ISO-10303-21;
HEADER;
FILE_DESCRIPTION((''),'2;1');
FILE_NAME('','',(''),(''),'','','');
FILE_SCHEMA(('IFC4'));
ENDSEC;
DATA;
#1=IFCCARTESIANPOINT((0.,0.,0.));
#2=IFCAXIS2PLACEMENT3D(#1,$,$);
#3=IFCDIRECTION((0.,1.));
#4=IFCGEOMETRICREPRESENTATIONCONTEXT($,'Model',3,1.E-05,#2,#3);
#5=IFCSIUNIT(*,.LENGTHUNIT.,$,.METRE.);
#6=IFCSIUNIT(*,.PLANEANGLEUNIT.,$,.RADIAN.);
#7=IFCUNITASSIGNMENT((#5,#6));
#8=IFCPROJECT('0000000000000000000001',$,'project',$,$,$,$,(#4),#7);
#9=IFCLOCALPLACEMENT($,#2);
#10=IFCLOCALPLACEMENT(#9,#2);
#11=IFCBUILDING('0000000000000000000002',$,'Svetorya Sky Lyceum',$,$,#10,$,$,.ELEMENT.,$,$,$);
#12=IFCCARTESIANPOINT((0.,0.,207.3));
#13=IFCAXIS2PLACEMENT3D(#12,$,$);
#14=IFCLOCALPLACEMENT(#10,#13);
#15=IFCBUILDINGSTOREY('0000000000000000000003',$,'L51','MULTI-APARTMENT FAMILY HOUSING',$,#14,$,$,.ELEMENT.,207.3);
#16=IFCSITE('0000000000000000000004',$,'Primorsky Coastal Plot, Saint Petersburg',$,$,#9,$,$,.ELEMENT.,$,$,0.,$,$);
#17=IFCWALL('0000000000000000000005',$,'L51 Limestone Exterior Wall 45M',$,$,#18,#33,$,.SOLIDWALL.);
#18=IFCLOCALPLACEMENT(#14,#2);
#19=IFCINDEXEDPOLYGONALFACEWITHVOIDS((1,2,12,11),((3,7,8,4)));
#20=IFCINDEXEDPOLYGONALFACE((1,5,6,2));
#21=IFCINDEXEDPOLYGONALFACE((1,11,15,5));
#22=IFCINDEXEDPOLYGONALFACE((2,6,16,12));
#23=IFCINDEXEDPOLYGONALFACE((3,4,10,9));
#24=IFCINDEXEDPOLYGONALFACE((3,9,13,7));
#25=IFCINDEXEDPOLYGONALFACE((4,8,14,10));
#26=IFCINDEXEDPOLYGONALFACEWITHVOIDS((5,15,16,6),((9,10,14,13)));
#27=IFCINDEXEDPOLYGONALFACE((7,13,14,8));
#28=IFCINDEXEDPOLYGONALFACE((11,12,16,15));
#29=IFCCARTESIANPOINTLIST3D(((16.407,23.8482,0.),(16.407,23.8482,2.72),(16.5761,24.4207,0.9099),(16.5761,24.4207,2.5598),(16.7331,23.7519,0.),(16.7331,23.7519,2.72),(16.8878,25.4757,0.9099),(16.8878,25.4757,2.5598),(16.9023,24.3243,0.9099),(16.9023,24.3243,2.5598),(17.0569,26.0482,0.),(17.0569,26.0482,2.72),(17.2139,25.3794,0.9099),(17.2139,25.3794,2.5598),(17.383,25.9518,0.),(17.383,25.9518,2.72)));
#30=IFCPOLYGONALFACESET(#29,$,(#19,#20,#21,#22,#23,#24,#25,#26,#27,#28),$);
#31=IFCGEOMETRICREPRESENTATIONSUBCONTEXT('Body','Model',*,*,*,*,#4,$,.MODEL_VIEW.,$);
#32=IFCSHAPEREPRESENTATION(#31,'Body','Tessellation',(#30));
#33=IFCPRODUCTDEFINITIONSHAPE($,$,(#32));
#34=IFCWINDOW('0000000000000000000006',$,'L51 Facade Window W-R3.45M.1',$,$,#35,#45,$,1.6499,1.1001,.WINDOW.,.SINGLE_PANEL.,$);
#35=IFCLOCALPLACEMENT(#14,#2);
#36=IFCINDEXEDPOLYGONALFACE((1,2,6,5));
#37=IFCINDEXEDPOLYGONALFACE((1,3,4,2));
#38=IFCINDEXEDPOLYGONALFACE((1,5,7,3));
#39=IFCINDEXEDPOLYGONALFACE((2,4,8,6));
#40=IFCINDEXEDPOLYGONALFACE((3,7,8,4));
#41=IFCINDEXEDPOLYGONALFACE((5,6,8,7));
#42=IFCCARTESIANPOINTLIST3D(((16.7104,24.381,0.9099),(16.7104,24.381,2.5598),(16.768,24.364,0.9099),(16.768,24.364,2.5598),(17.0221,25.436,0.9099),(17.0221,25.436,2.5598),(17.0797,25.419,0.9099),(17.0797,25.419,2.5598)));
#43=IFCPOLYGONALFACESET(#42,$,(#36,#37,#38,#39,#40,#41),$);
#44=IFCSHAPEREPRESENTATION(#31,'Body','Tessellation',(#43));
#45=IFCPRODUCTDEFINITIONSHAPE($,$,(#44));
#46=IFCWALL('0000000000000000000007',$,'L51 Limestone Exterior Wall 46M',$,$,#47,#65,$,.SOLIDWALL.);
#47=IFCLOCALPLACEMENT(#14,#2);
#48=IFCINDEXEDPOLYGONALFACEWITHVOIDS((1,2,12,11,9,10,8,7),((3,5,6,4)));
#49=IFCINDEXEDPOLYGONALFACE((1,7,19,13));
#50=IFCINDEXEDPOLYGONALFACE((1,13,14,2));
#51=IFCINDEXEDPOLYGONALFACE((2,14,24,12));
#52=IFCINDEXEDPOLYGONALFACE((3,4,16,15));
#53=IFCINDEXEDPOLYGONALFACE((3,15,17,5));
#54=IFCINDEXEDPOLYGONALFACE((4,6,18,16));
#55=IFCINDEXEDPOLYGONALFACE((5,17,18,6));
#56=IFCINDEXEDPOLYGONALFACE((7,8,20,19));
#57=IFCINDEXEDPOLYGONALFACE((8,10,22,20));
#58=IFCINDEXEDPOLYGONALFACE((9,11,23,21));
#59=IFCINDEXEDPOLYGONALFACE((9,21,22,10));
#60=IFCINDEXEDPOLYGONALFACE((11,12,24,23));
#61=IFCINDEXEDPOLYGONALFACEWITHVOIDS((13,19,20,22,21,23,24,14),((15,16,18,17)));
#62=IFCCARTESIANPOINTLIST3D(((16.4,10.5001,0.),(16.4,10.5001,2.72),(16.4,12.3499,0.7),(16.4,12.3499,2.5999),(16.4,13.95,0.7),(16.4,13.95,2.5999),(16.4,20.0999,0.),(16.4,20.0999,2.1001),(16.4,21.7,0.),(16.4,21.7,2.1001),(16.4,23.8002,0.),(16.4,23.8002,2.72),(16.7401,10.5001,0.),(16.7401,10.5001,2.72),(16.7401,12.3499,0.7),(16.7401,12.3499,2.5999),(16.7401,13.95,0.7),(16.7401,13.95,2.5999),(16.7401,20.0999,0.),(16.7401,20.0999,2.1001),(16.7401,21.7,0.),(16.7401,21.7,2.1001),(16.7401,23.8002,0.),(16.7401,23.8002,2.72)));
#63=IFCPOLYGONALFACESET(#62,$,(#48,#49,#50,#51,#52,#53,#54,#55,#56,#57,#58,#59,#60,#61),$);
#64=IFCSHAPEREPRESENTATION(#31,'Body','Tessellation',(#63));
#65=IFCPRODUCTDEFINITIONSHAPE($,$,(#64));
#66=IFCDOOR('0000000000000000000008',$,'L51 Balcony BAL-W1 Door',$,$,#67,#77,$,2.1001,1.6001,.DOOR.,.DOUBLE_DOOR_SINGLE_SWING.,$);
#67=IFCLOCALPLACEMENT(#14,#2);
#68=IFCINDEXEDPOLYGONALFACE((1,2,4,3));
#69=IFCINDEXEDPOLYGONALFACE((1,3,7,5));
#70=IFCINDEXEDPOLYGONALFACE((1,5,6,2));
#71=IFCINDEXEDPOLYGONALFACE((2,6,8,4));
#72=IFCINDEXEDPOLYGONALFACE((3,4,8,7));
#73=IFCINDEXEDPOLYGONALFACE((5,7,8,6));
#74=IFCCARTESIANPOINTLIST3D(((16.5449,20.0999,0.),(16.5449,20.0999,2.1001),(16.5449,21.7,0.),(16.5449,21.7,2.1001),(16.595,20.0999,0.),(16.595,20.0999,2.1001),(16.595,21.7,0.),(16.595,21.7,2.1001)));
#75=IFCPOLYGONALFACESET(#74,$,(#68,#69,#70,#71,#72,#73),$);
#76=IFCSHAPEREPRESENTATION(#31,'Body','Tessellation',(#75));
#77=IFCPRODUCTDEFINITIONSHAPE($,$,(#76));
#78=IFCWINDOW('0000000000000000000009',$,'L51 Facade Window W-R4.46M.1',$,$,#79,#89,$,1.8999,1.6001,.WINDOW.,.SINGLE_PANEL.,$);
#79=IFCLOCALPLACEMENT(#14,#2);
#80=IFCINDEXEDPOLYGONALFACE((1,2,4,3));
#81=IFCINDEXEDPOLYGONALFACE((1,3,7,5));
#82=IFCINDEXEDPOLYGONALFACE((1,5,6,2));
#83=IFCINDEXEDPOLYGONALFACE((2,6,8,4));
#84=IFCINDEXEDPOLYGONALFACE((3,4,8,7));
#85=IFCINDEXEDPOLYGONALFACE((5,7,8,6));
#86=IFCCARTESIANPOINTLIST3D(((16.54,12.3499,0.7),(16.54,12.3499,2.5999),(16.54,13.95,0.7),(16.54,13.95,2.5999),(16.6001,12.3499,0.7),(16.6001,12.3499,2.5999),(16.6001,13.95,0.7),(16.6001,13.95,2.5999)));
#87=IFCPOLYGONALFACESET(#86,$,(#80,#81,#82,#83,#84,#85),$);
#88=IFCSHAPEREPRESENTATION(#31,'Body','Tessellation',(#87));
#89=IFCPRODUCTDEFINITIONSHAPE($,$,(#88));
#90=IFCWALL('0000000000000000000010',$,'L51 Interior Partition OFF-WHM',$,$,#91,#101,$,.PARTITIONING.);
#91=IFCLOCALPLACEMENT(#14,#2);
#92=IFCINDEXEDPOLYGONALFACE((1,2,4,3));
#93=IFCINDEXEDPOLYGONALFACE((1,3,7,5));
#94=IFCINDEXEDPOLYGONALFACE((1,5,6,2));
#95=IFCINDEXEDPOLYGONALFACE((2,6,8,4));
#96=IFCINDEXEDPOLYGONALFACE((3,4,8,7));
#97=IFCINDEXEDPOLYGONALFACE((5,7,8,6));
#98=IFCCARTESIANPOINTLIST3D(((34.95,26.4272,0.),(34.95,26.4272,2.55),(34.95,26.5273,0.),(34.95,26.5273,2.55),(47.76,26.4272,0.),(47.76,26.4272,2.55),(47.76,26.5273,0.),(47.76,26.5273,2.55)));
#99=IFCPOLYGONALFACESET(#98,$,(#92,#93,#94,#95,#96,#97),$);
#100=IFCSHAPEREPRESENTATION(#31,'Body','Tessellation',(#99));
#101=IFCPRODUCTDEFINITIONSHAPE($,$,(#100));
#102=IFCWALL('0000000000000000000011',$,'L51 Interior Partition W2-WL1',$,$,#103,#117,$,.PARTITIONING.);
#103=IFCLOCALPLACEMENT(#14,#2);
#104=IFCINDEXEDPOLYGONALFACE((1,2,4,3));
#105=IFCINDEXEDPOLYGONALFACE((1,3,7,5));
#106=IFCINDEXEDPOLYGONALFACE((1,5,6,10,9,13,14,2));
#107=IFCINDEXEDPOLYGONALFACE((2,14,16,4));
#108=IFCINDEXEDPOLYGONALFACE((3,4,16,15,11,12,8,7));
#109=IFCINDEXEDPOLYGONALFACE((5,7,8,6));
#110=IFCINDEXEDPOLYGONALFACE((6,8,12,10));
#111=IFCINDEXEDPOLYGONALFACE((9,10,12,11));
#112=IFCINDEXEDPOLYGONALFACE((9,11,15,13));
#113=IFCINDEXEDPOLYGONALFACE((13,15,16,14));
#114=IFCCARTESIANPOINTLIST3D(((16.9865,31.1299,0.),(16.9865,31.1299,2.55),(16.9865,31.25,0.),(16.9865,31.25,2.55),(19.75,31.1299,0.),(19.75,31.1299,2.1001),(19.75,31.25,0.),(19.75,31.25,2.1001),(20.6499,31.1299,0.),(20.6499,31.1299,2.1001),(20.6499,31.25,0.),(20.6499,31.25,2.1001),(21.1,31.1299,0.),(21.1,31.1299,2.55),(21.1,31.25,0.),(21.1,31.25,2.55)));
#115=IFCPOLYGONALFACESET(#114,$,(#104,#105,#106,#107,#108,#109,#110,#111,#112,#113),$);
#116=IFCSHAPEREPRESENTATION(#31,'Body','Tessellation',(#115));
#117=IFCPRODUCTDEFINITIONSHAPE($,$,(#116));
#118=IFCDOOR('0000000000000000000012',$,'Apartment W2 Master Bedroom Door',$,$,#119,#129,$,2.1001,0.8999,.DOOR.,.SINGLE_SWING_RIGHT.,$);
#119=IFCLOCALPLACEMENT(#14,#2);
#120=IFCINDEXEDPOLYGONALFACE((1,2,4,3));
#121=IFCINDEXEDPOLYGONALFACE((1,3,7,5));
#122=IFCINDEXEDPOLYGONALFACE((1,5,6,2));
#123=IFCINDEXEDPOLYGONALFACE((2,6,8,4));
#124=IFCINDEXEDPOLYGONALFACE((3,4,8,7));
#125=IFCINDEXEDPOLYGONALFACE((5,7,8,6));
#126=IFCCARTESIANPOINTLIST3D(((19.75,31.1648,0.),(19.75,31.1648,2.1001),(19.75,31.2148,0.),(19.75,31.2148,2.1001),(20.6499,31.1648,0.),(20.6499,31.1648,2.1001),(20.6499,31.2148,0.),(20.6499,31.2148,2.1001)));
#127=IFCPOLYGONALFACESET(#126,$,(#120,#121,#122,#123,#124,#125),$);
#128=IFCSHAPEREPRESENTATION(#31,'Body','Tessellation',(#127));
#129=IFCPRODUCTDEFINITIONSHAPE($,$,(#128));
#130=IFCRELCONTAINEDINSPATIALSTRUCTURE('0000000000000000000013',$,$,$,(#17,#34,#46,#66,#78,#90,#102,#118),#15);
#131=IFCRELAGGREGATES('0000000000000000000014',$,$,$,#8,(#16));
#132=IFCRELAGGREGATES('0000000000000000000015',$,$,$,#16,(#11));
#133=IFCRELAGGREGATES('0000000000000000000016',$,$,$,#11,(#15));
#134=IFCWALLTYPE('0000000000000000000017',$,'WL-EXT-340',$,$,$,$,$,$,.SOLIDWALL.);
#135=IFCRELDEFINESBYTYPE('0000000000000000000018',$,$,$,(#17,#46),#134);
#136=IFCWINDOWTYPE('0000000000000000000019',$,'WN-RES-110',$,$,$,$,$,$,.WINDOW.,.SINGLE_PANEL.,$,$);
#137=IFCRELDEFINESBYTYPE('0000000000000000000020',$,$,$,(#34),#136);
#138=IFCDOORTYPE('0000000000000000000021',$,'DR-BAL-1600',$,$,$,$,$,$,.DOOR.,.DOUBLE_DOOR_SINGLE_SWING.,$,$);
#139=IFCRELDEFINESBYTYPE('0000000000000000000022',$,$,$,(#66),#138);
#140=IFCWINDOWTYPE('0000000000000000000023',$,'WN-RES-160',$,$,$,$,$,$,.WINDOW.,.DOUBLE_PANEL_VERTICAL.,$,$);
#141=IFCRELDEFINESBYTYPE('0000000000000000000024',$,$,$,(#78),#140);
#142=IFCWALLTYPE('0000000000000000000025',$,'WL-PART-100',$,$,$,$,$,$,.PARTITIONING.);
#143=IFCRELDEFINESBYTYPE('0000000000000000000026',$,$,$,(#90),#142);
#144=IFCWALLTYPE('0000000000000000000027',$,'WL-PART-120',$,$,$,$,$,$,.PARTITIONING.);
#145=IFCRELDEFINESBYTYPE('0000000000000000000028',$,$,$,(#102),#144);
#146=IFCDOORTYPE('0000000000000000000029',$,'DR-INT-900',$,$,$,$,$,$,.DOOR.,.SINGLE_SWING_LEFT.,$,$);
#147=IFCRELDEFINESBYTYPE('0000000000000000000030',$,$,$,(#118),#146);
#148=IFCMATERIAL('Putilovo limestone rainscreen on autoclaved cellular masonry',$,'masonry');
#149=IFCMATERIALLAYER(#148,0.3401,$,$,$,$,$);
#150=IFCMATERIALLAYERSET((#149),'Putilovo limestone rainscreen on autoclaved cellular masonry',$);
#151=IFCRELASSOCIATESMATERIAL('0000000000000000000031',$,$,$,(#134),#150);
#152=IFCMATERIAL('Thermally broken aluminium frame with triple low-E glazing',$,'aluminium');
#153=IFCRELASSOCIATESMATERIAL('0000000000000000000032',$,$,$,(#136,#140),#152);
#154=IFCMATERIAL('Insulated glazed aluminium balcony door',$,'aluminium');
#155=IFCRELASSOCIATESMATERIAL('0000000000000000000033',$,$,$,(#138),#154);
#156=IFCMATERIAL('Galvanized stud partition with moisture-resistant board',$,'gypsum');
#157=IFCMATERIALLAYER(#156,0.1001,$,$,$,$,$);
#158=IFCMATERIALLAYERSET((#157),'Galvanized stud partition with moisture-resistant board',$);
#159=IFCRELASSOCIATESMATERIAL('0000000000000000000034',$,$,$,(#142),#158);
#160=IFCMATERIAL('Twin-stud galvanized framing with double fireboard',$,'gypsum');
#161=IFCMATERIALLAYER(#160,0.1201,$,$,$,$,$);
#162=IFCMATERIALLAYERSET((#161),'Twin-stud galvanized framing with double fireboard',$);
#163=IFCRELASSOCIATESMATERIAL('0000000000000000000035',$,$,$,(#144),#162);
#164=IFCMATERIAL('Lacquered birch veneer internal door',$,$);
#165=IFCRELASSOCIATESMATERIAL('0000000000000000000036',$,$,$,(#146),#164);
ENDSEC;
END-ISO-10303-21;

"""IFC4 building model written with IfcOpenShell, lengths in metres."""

from ifc_helpers import new_model, si_unit, direction, frame, frame_2d, origin, place, context, subcontext, project, spatial, rectangle, extrude, material, layer, layer_set, type_object, element, fill, save


model = new_model("IFC4")

# Units and contexts
model_context = context("Model", 3, precision=1e-05, world=origin(), true_north=direction((0.0, 1.0)))
body_context = subcontext(model_context, "Body", "Model", "MODEL_VIEW")
ifc_project = project(units=[si_unit("LENGTHUNIT", "METRE"), si_unit("PLANEANGLEUNIT", "RADIAN")], contexts=[model_context])

# Site, building, storey
site_placement = place(None, origin())
site = spatial("IfcSite", under=ifc_project, at=site_placement, Name="Primorsky Coastal Plot, Saint Petersburg", CompositionType="ELEMENT", RefElevation=0.0)
building_placement = place(site_placement, origin())
building = spatial("IfcBuilding", under=site, at=building_placement, Name="Svetorya Sky Lyceum", CompositionType="ELEMENT")
storey_placement = place(building_placement, frame((0.0, 0.0, 207.3)))
storey = spatial("IfcBuildingStorey", under=building, at=storey_placement, Name="L51", Description="MULTI-APARTMENT FAMILY HOUSING", CompositionType="ELEMENT", Elevation=207.3)

# Shared definitions
ifc_material_1 = material(Name="Putilovo limestone rainscreen on autoclaved cellular masonry", Category="masonry")
ifc_layer_1 = layer(ifc_material_1, 0.3401)
ifc_layer_set_1 = layer_set([ifc_layer_1], Name="Putilovo limestone rainscreen on autoclaved cellular masonry")
wall_type_1 = type_object("IfcWallType", Name="WL-EXT-340", PredefinedType="SOLIDWALL", material=ifc_layer_set_1)

# Wall, opening, window
wall_1_placement = place(storey_placement, frame((17.22, 26.0, 0.0), z_axis=(0.0, 0.0, 1.0), x_axis=(-0.283313, -0.959028, 0.0)))
wall_1 = element("IfcWall", 1, at=wall_1_placement, inside=storey, type_object=wall_type_1, Name="L51 Limestone Exterior Wall 45M", PredefinedType="SOLIDWALL", context=body_context, shape_type="SweptSolid", body=[
    extrude(rectangle(XDim=2.2939, YDim=0.3401, at=frame_2d((1.147, 0.0))), origin(), (0.0, 0.0, 1.0), 2.72),
])
opening_1_placement = place(wall_1_placement, frame((0.5969, 0.0, 0.9099)))
opening_1 = element("IfcOpeningElement", 2, at=opening_1_placement, cuts=wall_1, PredefinedType="OPENING", context=body_context, shape_type="SweptSolid", body=[
    extrude(rectangle(XDim=1.1001, YDim=1.6499, at=frame_2d((0.55, 0.825))), frame((0.0, 0.1799, 0.0), z_axis=(0.0, -1.0, 0.0), x_axis=(1.0, 0.0, 0.0)), (0.0, 0.0, 1.0), 0.3601),
])
ifc_material_2 = material(Name="Thermally broken aluminium frame with triple low-E glazing", Category="aluminium")
window_type_1 = type_object("IfcWindowType", Name="WN-RES-110", PartitioningType="SINGLE_PANEL", PredefinedType="WINDOW", material=ifc_material_2)
window_1_placement = place(opening_1_placement, origin())
window_1 = element("IfcWindow", 3, at=window_1_placement, inside=storey, type_object=window_type_1, Name="L51 Facade Window W-R3.45M.1", OverallHeight=1.6499, OverallWidth=1.1001, PartitioningType="SINGLE_PANEL", PredefinedType="WINDOW", context=body_context, shape_type="SweptSolid", body=[
    extrude(rectangle(XDim=1.1001, YDim=1.6499, at=frame_2d((0.55, 0.825))), frame((0.0, 0.03, 0.0), z_axis=(0.0, -1.0, 0.0), x_axis=(1.0, 0.0, 0.0)), (0.0, 0.0, 1.0), 0.0601),
])
fill(opening_1, window_1)

# Wall, openings, door, window
wall_2_placement = place(storey_placement, frame((16.5701, 23.8, 0.0), z_axis=(0.0, 0.0, 1.0), x_axis=(0.0, -1.0, 0.0)))
wall_2 = element("IfcWall", 4, at=wall_2_placement, inside=storey, type_object=wall_type_1, Name="L51 Limestone Exterior Wall 46M", PredefinedType="SOLIDWALL", context=body_context, shape_type="SweptSolid", body=[
    extrude(rectangle(XDim=13.3, YDim=0.3401, at=frame_2d((6.6499, 0.0))), origin(), (0.0, 0.0, 1.0), 2.72),
])
opening_2_placement = place(wall_2_placement, frame((2.1001, 0.0, 0.0)))
opening_2 = element("IfcOpeningElement", 5, at=opening_2_placement, cuts=wall_2, PredefinedType="OPENING", context=body_context, shape_type="SweptSolid", body=[
    extrude(rectangle(XDim=1.6001, YDim=2.1001, at=frame_2d((0.8, 1.05))), frame((0.0, 0.1799, 0.0), z_axis=(0.0, -1.0, 0.0), x_axis=(1.0, 0.0, 0.0)), (0.0, 0.0, 1.0), 0.3601),
])
opening_3_placement = place(wall_2_placement, frame((9.8501, 0.0, 0.7)))
opening_3 = element("IfcOpeningElement", 6, at=opening_3_placement, cuts=wall_2, PredefinedType="OPENING", context=body_context, shape_type="SweptSolid", body=[
    extrude(rectangle(XDim=1.6001, YDim=1.8999, at=frame_2d((0.8, 0.95))), frame((0.0, 0.1799, 0.0), z_axis=(0.0, -1.0, 0.0), x_axis=(1.0, 0.0, 0.0)), (0.0, 0.0, 1.0), 0.3601),
])
ifc_material_3 = material(Name="Insulated glazed aluminium balcony door", Category="aluminium")
door_type_1 = type_object("IfcDoorType", Name="DR-BAL-1600", OperationType="DOUBLE_DOOR_SINGLE_SWING", PredefinedType="DOOR", material=ifc_material_3)
door_1_placement = place(opening_2_placement, origin())
door_1 = element("IfcDoor", 7, at=door_1_placement, inside=storey, type_object=door_type_1, Name="L51 Balcony BAL-W1 Door", OperationType="DOUBLE_DOOR_SINGLE_SWING", OverallHeight=2.1001, OverallWidth=1.6001, PredefinedType="DOOR", context=body_context, shape_type="SweptSolid", body=[
    extrude(rectangle(XDim=1.6001, YDim=2.1001, at=frame_2d((0.8, 1.05))), frame((0.0, 0.0249, 0.0), z_axis=(0.0, -1.0, 0.0), x_axis=(1.0, 0.0, 0.0)), (0.0, 0.0, 1.0), 0.05),
])
fill(opening_2, door_1)
window_type_2 = type_object("IfcWindowType", Name="WN-RES-160", PartitioningType="DOUBLE_PANEL_VERTICAL", PredefinedType="WINDOW", material=ifc_material_2)
window_2_placement = place(opening_3_placement, origin())
window_2 = element("IfcWindow", 8, at=window_2_placement, inside=storey, type_object=window_type_2, Name="L51 Facade Window W-R4.46M.1", OverallHeight=1.8999, OverallWidth=1.6001, PartitioningType="SINGLE_PANEL", PredefinedType="WINDOW", context=body_context, shape_type="SweptSolid", body=[
    extrude(rectangle(XDim=1.6001, YDim=1.8999, at=frame_2d((0.8, 0.95))), frame((0.0, 0.03, 0.0), z_axis=(0.0, -1.0, 0.0), x_axis=(1.0, 0.0, 0.0)), (0.0, 0.0, 1.0), 0.0601),
])
fill(opening_3, window_2)

# Wall
ifc_material_4 = material(Name="Galvanized stud partition with moisture-resistant board", Category="gypsum")
ifc_layer_2 = layer(ifc_material_4, 0.1001)
ifc_layer_set_2 = layer_set([ifc_layer_2], Name="Galvanized stud partition with moisture-resistant board")
wall_type_2 = type_object("IfcWallType", Name="WL-PART-100", PredefinedType="PARTITIONING", material=ifc_layer_set_2)
wall_3_placement = place(storey_placement, frame((34.95, 26.4773, 0.0), z_axis=(0.0, 0.0, 1.0), x_axis=(1.0, 0.0, 0.0)))
element("IfcWall", 9, at=wall_3_placement, inside=storey, type_object=wall_type_2, Name="L51 Interior Partition OFF-WHM", PredefinedType="PARTITIONING", context=body_context, shape_type="SweptSolid", body=[
    extrude(rectangle(XDim=12.8101, YDim=0.1001, at=frame_2d((6.405, 0.0))), origin(), (0.0, 0.0, 1.0), 2.55),
])

# Wall, opening, door
ifc_material_5 = material(Name="Twin-stud galvanized framing with double fireboard", Category="gypsum")
ifc_layer_3 = layer(ifc_material_5, 0.1201)
ifc_layer_set_3 = layer_set([ifc_layer_3], Name="Twin-stud galvanized framing with double fireboard")
wall_type_3 = type_object("IfcWallType", Name="WL-PART-120", PredefinedType="PARTITIONING", material=ifc_layer_set_3)
wall_4_placement = place(storey_placement, frame((16.9866, 31.1899, 0.0), z_axis=(0.0, 0.0, 1.0), x_axis=(1.0, 0.0, 0.0)))
wall_4 = element("IfcWall", 10, at=wall_4_placement, inside=storey, type_object=wall_type_3, Name="L51 Interior Partition W2-WL1", PredefinedType="PARTITIONING", context=body_context, shape_type="SweptSolid", body=[
    extrude(rectangle(XDim=4.1135, YDim=0.1201, at=frame_2d((2.0566, 0.0))), origin(), (0.0, 0.0, 1.0), 2.55),
])
opening_4_placement = place(wall_4_placement, frame((2.7634, 0.0, 0.0)))
opening_4 = element("IfcOpeningElement", 11, at=opening_4_placement, cuts=wall_4, PredefinedType="OPENING", context=body_context, shape_type="SweptSolid", body=[
    extrude(rectangle(XDim=0.8999, YDim=2.1001, at=frame_2d((0.45, 1.05))), frame((0.0, 0.0701, 0.0), z_axis=(0.0, -1.0, 0.0), x_axis=(1.0, 0.0, 0.0)), (0.0, 0.0, 1.0), 0.1401),
])
ifc_material_6 = material(Name="Lacquered birch veneer internal door")
door_type_2 = type_object("IfcDoorType", Name="DR-INT-900", OperationType="SINGLE_SWING_LEFT", PredefinedType="DOOR", material=ifc_material_6)
door_2_placement = place(opening_4_placement, origin())
door_2 = element("IfcDoor", 12, at=door_2_placement, inside=storey, type_object=door_type_2, Name="Apartment W2 Master Bedroom Door", OperationType="SINGLE_SWING_RIGHT", OverallHeight=2.1001, OverallWidth=0.8999, PredefinedType="DOOR", context=body_context, shape_type="SweptSolid", body=[
    extrude(rectangle(XDim=0.8999, YDim=2.1001, at=frame_2d((0.45, 1.05))), frame((0.0, 0.0249, 0.0), z_axis=(0.0, -1.0, 0.0), x_axis=(1.0, 0.0, 0.0)), (0.0, 0.0, 1.0), 0.05),
])
fill(opening_4, door_2)

save(model, "model.ifc")
